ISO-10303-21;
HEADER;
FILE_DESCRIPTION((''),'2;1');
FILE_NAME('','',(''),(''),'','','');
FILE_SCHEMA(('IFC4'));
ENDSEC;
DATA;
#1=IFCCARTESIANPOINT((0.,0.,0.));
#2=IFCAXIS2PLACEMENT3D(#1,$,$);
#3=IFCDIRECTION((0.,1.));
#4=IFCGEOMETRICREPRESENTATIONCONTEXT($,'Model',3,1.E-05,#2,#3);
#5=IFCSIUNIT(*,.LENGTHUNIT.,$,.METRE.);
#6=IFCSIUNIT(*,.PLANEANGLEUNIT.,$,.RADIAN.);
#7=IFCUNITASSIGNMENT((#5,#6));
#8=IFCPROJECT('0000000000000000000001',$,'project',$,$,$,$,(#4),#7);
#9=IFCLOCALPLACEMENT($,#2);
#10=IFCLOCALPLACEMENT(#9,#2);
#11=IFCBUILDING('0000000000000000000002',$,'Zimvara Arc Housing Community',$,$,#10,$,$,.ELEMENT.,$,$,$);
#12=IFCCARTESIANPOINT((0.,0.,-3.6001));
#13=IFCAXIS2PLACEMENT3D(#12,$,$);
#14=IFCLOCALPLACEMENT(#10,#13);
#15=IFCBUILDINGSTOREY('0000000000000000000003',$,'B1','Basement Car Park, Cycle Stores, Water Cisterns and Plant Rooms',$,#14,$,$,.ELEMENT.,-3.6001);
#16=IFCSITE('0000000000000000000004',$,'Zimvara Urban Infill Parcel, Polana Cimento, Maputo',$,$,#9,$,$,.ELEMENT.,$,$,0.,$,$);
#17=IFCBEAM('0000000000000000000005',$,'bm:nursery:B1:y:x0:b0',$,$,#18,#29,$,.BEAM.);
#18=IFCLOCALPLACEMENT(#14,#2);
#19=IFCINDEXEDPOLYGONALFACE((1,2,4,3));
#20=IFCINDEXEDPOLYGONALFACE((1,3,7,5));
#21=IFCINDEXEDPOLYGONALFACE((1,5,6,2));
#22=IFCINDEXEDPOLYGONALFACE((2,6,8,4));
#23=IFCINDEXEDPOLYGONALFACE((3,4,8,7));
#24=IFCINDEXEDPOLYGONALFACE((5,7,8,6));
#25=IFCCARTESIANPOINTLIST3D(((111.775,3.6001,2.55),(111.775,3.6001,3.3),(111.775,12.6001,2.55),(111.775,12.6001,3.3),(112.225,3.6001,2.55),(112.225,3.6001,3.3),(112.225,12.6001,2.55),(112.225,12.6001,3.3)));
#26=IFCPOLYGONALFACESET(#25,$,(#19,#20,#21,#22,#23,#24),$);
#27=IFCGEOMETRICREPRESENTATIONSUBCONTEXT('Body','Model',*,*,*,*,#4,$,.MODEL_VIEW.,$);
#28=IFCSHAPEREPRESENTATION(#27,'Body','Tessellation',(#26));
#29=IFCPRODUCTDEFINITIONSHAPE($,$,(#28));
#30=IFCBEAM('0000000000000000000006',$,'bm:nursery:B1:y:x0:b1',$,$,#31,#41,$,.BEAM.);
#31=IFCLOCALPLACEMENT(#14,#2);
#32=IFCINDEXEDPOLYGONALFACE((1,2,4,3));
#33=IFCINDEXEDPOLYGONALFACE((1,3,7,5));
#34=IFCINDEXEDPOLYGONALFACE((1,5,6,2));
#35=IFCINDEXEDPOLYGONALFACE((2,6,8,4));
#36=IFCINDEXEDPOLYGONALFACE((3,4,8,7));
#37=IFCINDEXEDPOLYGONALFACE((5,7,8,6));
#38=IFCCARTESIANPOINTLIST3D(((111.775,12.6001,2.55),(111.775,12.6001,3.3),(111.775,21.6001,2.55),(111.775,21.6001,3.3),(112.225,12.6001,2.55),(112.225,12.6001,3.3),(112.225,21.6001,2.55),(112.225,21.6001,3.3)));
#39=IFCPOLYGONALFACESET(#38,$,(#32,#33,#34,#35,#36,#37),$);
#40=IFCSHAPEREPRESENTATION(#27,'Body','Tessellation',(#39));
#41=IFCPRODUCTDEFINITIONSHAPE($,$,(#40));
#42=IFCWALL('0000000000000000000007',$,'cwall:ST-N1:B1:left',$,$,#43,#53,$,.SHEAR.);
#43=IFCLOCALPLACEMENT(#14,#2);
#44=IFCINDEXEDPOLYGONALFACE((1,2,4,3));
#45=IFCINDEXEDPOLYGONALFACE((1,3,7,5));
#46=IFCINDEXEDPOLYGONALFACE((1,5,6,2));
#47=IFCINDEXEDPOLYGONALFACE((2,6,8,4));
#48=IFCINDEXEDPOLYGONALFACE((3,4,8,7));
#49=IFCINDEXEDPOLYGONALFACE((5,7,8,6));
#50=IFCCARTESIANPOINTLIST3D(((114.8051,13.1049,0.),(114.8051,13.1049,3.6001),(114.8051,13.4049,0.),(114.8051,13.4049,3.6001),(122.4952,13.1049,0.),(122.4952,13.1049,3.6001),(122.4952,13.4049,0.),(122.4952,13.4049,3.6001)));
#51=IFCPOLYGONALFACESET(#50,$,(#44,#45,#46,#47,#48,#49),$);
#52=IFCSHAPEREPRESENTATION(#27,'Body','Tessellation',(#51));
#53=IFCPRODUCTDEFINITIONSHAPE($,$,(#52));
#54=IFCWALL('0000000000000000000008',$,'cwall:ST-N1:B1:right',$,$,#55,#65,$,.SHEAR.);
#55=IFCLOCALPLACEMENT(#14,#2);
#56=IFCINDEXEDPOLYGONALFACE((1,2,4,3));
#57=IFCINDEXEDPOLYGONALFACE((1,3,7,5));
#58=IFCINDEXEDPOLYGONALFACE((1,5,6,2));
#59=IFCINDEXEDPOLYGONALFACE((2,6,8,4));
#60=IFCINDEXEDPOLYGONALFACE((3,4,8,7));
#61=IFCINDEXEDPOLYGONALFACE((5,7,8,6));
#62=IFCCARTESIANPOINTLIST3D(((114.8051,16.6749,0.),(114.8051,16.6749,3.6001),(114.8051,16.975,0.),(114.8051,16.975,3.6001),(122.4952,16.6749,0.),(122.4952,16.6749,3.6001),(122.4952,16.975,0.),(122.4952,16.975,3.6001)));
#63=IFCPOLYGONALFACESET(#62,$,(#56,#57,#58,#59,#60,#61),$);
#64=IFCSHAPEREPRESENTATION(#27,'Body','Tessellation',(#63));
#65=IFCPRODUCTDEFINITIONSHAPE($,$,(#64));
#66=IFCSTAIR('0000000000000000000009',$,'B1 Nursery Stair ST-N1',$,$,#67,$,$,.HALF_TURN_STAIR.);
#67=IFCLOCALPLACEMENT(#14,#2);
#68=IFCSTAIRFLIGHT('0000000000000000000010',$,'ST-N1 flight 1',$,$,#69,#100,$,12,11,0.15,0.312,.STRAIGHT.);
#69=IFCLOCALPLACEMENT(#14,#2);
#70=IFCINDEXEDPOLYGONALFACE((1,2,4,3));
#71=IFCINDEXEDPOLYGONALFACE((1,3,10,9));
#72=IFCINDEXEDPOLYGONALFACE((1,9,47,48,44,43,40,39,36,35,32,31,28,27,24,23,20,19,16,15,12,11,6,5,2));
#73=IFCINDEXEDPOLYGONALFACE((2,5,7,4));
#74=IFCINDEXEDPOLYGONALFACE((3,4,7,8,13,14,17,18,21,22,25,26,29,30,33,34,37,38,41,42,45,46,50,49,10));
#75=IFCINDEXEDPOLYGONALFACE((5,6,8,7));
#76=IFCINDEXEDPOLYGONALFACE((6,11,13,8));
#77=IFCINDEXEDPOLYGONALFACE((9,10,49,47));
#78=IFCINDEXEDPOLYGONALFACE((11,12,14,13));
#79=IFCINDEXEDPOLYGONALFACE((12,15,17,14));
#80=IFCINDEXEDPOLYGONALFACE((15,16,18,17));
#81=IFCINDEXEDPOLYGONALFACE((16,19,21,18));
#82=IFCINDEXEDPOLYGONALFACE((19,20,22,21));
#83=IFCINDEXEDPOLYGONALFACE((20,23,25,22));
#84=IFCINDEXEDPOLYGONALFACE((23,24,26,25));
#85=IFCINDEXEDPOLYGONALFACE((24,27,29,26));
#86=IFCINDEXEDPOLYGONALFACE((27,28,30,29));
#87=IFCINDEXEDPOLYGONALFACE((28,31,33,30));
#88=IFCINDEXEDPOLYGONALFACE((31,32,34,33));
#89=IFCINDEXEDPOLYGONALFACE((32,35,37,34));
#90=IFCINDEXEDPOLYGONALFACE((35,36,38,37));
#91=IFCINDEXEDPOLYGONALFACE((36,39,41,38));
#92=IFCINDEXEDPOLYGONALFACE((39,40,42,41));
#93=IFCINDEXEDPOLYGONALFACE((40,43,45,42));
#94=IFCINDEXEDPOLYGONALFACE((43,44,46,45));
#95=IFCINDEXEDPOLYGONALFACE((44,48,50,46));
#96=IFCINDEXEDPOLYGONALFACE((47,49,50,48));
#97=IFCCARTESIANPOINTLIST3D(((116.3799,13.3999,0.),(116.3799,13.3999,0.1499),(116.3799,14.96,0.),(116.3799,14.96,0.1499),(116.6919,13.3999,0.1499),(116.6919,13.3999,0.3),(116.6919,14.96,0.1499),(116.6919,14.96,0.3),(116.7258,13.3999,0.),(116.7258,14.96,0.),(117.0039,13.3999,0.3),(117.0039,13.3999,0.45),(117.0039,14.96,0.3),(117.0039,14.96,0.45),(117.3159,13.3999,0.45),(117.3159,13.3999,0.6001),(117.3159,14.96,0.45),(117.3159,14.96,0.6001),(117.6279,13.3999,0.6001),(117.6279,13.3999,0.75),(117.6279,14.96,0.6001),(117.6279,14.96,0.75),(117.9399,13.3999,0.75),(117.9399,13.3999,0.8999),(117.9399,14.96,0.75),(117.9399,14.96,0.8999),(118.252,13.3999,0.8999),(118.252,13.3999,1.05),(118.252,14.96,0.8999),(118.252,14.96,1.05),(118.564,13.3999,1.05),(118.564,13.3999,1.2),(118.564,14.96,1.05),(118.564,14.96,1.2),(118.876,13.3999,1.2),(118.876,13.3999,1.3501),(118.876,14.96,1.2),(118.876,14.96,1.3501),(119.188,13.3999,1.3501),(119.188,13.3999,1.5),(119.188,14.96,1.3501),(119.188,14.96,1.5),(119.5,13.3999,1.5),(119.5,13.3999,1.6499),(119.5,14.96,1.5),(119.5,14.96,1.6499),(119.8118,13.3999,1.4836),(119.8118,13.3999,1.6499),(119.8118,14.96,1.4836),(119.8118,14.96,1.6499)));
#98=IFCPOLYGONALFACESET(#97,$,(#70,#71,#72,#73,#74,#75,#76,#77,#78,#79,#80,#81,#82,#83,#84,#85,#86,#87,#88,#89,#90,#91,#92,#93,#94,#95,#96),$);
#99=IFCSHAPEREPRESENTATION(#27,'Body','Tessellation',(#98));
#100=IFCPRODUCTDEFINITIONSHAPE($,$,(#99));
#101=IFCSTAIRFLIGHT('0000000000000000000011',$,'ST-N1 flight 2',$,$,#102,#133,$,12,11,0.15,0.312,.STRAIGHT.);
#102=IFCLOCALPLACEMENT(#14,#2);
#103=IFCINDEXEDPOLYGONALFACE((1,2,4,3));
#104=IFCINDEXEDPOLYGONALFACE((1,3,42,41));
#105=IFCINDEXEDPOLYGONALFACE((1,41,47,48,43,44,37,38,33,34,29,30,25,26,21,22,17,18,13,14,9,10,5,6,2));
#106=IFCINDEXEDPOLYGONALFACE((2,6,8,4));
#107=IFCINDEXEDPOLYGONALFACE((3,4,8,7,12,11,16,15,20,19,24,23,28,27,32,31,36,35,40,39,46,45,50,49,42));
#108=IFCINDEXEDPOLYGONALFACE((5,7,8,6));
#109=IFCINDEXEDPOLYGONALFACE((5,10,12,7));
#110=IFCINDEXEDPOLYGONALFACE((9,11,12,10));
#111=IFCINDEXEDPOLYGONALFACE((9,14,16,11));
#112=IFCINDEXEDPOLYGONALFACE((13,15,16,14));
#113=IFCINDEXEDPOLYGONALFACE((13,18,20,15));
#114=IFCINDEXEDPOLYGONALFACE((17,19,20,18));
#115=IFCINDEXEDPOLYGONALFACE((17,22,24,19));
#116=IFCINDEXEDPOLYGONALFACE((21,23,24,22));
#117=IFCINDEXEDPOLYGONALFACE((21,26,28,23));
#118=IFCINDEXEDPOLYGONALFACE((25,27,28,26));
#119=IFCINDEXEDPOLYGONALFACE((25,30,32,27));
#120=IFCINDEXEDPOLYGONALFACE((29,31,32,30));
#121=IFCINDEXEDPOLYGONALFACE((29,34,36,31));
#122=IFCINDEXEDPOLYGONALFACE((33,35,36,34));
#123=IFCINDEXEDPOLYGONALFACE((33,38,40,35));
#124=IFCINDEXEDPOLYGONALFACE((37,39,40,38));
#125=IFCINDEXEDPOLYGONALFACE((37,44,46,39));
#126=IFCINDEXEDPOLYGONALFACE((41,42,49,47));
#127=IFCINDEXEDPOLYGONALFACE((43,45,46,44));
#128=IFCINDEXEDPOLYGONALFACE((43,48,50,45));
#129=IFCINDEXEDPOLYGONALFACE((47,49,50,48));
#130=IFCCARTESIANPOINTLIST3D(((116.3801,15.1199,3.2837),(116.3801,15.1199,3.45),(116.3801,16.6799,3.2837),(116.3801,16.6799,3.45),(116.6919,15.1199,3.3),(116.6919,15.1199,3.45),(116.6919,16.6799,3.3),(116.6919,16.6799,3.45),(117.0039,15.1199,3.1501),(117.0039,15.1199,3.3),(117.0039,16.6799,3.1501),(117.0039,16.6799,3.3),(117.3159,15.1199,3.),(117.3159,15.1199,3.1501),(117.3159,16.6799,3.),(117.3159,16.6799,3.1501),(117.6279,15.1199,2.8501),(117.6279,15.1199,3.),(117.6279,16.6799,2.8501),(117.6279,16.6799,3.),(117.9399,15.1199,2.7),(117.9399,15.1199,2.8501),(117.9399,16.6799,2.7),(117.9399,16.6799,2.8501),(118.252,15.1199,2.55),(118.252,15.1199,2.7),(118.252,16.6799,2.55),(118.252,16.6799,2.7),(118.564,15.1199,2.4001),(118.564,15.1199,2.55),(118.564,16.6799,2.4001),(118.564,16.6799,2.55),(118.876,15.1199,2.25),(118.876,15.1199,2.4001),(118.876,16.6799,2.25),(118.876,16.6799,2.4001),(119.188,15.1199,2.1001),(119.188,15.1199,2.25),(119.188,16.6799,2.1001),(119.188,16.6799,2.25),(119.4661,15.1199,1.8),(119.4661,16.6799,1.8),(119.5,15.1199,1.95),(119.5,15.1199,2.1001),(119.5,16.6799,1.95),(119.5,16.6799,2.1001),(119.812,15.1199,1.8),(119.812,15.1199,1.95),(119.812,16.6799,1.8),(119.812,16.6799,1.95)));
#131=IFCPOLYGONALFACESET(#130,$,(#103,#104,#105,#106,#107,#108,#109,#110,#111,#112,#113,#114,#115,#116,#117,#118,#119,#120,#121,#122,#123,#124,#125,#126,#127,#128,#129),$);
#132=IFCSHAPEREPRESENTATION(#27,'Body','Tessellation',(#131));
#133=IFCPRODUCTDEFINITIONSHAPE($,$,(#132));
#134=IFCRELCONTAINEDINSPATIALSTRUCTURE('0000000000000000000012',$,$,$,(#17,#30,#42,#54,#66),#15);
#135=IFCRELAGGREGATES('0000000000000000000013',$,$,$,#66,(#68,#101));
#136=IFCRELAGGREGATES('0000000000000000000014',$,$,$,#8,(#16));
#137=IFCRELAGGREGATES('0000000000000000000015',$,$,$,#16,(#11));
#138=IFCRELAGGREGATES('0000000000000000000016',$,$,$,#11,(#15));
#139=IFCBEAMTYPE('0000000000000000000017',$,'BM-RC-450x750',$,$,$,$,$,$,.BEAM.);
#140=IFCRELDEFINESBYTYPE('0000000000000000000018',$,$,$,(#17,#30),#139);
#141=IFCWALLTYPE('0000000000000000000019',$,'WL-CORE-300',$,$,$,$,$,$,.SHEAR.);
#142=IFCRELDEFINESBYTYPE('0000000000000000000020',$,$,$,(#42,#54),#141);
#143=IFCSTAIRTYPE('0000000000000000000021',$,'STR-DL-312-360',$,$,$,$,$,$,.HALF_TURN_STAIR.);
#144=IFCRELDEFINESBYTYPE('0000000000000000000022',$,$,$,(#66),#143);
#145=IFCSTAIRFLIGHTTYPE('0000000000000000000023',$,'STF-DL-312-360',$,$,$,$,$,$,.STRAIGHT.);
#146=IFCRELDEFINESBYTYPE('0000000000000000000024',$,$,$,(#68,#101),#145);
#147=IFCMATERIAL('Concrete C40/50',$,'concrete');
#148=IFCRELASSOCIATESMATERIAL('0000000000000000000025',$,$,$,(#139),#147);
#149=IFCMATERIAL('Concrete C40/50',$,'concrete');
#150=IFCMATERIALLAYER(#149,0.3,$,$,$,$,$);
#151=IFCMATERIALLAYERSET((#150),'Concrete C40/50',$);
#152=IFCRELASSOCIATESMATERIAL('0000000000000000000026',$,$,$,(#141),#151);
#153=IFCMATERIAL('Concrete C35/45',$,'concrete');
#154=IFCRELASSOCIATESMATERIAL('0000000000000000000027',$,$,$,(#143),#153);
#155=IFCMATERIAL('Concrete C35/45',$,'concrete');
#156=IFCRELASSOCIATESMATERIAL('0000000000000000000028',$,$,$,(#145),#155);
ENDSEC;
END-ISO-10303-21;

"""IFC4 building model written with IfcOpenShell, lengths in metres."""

from ifc_helpers import new_model, si_unit, direction, frame, frame_2d, origin, origin_2d, place, context, subcontext, project, spatial, polyline, rectangle, outline, extrude, material, layer, layer_set, material_profile, profile_set, type_object, element, aggregate, save


model = new_model("IFC4")

# Units and contexts
model_context = context("Model", 3, precision=1e-05, world=origin(), true_north=direction((0.0, 1.0)))
body_context = subcontext(model_context, "Body", "Model", "MODEL_VIEW")
ifc_project = project(units=[si_unit("LENGTHUNIT", "METRE"), si_unit("PLANEANGLEUNIT", "RADIAN")], contexts=[model_context])

# Site, building, storey
site_placement = place(None, origin())
site = spatial("IfcSite", under=ifc_project, at=site_placement, Name="Zimvara Urban Infill Parcel, Polana Cimento, Maputo", CompositionType="ELEMENT", RefElevation=0.0)
building_placement = place(site_placement, origin())
building = spatial("IfcBuilding", under=site, at=building_placement, Name="Zimvara Arc Housing Community", CompositionType="ELEMENT")
storey_placement = place(building_placement, frame((0.0, 0.0, -3.6001)))
storey = spatial("IfcBuildingStorey", under=building, at=storey_placement, Name="B1", Description="Basement Car Park, Cycle Stores, Water Cisterns and Plant Rooms", CompositionType="ELEMENT", Elevation=-3.6001)

# Beams
ifc_material_1 = material(Name="Concrete C40/50", Category="concrete")
ifc_material_profile_1 = material_profile(ifc_material_1, rectangle(XDim=0.45, YDim=0.75, at=origin_2d()), Name="RC 450x750")
ifc_profile_set_1 = profile_set([ifc_material_profile_1], Name="Concrete C40/50")
beam_type_1 = type_object("IfcBeamType", Name="BM-RC-450x750", PredefinedType="BEAM", material=ifc_profile_set_1)
for number, where, z_axis, x_axis, name in (
    (1, (112.0, 3.6001, 2.925), (0.0, 1.0, 0.0), (-1.0, 0.0, 0.0), "bm:nursery:B1:y:x0:b0"),
    (2, (112.0, 12.6001, 2.925), (0.0, 1.0, 0.0), (-1.0, 0.0, 0.0), "bm:nursery:B1:y:x0:b1"),
):
    element("IfcBeam", number, at=place(storey_placement, frame(where, z_axis=z_axis, x_axis=x_axis)), inside=storey, type_object=beam_type_1, Name=name, PredefinedType="BEAM", context=body_context, shape_type="SweptSolid", body=[
        extrude(rectangle(XDim=0.45, YDim=0.75, at=origin_2d()), origin(), (0.0, 0.0, 1.0), 9.0),
    ])

# Shared definitions
ifc_material_2 = material(Name="Concrete C40/50", Category="concrete")
ifc_layer = layer(ifc_material_2, 0.3)
ifc_layer_set = layer_set([ifc_layer], Name="Concrete C40/50")
wall_type = type_object("IfcWallType", Name="WL-CORE-300", PredefinedType="SHEAR", material=ifc_layer_set)

# Walls
for number, where, z_axis, x_axis, name in (
    (3, (114.8049, 13.2549, 0.0), (0.0, 0.0, 1.0), (1.0, 0.0, 0.0), "cwall:ST-N1:B1:left"),
    (4, (114.8049, 16.825, 0.0), (0.0, 0.0, 1.0), (1.0, 0.0, 0.0), "cwall:ST-N1:B1:right"),
):
    element("IfcWall", number, at=place(storey_placement, frame(where, z_axis=z_axis, x_axis=x_axis)), inside=storey, type_object=wall_type, Name=name, PredefinedType="SHEAR", context=body_context, shape_type="SweptSolid", body=[
        extrude(rectangle(XDim=7.6902, YDim=0.3, at=frame_2d((3.8452, 0.0))), origin(), (0.0, 0.0, 1.0), 3.6001),
    ])

# Stair, stair flights
ifc_material_3 = material(Name="Concrete C35/45", Category="concrete")
stair_type = type_object("IfcStairType", Name="STR-DL-312-360", PredefinedType="HALF_TURN_STAIR", material=ifc_material_3)
stair_placement = place(storey_placement, origin())
stair = element("IfcStair", 5, at=stair_placement, inside=storey, type_object=stair_type, Name="B1 Nursery Stair ST-N1", PredefinedType="HALF_TURN_STAIR")
ifc_material_4 = material(Name="Concrete C35/45", Category="concrete")
stair_flight_type = type_object("IfcStairFlightType", Name="STF-DL-312-360", PredefinedType="STRAIGHT", material=ifc_material_4)
stair_flight_1_placement = place(storey_placement, frame((116.3799, 14.1799, 0.0), z_axis=(0.0, 0.0, 1.0), x_axis=(1.0, 0.0, 0.0)))
stair_flight_1 = element("IfcStairFlight", 6, at=stair_flight_1_placement, type_object=stair_flight_type, Name="ST-N1 flight 1", NumberOfRisers=12, NumberOfTreads=11, PredefinedType="STRAIGHT", RiserHeight=0.15, TreadLength=0.312, context=body_context, shape_type="SweptSolid", body=[
    extrude(outline(polyline([(0.0, 0.0), (0.0, 0.1499), (0.312, 0.1499), (0.312, 0.3), (0.624, 0.3), (0.624, 0.45), (0.936, 0.45), (0.936, 0.6001), (1.248, 0.6001), (1.248, 0.75), (1.5601, 0.75), (1.5601, 0.8999), (1.8721, 0.8999), (1.8721, 1.05), (2.1841, 1.05), (2.1841, 1.2), (2.4961, 1.2), (2.4961, 1.3501), (2.8081, 1.3501), (2.8081, 1.5), (3.1201, 1.5), (3.1201, 1.6499), (3.4319, 1.6499), (3.4319, 1.8), (3.4319, 1.4836), (0.3459, 0.0), (0.0, 0.0)])), frame((0.0, 0.78, 0.0), z_axis=(0.0, -1.0, 0.0), x_axis=(1.0, 0.0, 0.0)), (0.0, 0.0, 1.0), 1.5601),
])
stair_flight_2_placement = place(storey_placement, frame((119.812, 15.8999, 1.8), z_axis=(0.0, 0.0, 1.0), x_axis=(-1.0, 0.0, 0.0)))
stair_flight_2 = element("IfcStairFlight", 7, at=stair_flight_2_placement, type_object=stair_flight_type, Name="ST-N1 flight 2", NumberOfRisers=12, NumberOfTreads=11, PredefinedType="STRAIGHT", RiserHeight=0.15, TreadLength=0.312, context=body_context, shape_type="SweptSolid", body=[
    extrude(outline(polyline([(0.0, 0.0), (0.0, 0.1499), (0.312, 0.1499), (0.312, 0.3), (0.624, 0.3), (0.624, 0.45), (0.936, 0.45), (0.936, 0.6001), (1.248, 0.6001), (1.248, 0.75), (1.5601, 0.75), (1.5601, 0.8999), (1.8721, 0.8999), (1.8721, 1.05), (2.1841, 1.05), (2.1841, 1.2), (2.4961, 1.2), (2.4961, 1.3501), (2.8081, 1.3501), (2.8081, 1.5), (3.1201, 1.5), (3.1201, 1.6499), (3.4319, 1.6499), (3.4319, 1.8), (3.4319, 1.4836), (0.3459, 0.0), (0.0, 0.0)])), frame((0.0, 0.78, 0.0), z_axis=(0.0, -1.0, 0.0), x_axis=(1.0, 0.0, 0.0)), (0.0, 0.0, 1.0), 1.5601),
])
aggregate(stair, [stair_flight_1, stair_flight_2])

save(model, "model.ifc")
